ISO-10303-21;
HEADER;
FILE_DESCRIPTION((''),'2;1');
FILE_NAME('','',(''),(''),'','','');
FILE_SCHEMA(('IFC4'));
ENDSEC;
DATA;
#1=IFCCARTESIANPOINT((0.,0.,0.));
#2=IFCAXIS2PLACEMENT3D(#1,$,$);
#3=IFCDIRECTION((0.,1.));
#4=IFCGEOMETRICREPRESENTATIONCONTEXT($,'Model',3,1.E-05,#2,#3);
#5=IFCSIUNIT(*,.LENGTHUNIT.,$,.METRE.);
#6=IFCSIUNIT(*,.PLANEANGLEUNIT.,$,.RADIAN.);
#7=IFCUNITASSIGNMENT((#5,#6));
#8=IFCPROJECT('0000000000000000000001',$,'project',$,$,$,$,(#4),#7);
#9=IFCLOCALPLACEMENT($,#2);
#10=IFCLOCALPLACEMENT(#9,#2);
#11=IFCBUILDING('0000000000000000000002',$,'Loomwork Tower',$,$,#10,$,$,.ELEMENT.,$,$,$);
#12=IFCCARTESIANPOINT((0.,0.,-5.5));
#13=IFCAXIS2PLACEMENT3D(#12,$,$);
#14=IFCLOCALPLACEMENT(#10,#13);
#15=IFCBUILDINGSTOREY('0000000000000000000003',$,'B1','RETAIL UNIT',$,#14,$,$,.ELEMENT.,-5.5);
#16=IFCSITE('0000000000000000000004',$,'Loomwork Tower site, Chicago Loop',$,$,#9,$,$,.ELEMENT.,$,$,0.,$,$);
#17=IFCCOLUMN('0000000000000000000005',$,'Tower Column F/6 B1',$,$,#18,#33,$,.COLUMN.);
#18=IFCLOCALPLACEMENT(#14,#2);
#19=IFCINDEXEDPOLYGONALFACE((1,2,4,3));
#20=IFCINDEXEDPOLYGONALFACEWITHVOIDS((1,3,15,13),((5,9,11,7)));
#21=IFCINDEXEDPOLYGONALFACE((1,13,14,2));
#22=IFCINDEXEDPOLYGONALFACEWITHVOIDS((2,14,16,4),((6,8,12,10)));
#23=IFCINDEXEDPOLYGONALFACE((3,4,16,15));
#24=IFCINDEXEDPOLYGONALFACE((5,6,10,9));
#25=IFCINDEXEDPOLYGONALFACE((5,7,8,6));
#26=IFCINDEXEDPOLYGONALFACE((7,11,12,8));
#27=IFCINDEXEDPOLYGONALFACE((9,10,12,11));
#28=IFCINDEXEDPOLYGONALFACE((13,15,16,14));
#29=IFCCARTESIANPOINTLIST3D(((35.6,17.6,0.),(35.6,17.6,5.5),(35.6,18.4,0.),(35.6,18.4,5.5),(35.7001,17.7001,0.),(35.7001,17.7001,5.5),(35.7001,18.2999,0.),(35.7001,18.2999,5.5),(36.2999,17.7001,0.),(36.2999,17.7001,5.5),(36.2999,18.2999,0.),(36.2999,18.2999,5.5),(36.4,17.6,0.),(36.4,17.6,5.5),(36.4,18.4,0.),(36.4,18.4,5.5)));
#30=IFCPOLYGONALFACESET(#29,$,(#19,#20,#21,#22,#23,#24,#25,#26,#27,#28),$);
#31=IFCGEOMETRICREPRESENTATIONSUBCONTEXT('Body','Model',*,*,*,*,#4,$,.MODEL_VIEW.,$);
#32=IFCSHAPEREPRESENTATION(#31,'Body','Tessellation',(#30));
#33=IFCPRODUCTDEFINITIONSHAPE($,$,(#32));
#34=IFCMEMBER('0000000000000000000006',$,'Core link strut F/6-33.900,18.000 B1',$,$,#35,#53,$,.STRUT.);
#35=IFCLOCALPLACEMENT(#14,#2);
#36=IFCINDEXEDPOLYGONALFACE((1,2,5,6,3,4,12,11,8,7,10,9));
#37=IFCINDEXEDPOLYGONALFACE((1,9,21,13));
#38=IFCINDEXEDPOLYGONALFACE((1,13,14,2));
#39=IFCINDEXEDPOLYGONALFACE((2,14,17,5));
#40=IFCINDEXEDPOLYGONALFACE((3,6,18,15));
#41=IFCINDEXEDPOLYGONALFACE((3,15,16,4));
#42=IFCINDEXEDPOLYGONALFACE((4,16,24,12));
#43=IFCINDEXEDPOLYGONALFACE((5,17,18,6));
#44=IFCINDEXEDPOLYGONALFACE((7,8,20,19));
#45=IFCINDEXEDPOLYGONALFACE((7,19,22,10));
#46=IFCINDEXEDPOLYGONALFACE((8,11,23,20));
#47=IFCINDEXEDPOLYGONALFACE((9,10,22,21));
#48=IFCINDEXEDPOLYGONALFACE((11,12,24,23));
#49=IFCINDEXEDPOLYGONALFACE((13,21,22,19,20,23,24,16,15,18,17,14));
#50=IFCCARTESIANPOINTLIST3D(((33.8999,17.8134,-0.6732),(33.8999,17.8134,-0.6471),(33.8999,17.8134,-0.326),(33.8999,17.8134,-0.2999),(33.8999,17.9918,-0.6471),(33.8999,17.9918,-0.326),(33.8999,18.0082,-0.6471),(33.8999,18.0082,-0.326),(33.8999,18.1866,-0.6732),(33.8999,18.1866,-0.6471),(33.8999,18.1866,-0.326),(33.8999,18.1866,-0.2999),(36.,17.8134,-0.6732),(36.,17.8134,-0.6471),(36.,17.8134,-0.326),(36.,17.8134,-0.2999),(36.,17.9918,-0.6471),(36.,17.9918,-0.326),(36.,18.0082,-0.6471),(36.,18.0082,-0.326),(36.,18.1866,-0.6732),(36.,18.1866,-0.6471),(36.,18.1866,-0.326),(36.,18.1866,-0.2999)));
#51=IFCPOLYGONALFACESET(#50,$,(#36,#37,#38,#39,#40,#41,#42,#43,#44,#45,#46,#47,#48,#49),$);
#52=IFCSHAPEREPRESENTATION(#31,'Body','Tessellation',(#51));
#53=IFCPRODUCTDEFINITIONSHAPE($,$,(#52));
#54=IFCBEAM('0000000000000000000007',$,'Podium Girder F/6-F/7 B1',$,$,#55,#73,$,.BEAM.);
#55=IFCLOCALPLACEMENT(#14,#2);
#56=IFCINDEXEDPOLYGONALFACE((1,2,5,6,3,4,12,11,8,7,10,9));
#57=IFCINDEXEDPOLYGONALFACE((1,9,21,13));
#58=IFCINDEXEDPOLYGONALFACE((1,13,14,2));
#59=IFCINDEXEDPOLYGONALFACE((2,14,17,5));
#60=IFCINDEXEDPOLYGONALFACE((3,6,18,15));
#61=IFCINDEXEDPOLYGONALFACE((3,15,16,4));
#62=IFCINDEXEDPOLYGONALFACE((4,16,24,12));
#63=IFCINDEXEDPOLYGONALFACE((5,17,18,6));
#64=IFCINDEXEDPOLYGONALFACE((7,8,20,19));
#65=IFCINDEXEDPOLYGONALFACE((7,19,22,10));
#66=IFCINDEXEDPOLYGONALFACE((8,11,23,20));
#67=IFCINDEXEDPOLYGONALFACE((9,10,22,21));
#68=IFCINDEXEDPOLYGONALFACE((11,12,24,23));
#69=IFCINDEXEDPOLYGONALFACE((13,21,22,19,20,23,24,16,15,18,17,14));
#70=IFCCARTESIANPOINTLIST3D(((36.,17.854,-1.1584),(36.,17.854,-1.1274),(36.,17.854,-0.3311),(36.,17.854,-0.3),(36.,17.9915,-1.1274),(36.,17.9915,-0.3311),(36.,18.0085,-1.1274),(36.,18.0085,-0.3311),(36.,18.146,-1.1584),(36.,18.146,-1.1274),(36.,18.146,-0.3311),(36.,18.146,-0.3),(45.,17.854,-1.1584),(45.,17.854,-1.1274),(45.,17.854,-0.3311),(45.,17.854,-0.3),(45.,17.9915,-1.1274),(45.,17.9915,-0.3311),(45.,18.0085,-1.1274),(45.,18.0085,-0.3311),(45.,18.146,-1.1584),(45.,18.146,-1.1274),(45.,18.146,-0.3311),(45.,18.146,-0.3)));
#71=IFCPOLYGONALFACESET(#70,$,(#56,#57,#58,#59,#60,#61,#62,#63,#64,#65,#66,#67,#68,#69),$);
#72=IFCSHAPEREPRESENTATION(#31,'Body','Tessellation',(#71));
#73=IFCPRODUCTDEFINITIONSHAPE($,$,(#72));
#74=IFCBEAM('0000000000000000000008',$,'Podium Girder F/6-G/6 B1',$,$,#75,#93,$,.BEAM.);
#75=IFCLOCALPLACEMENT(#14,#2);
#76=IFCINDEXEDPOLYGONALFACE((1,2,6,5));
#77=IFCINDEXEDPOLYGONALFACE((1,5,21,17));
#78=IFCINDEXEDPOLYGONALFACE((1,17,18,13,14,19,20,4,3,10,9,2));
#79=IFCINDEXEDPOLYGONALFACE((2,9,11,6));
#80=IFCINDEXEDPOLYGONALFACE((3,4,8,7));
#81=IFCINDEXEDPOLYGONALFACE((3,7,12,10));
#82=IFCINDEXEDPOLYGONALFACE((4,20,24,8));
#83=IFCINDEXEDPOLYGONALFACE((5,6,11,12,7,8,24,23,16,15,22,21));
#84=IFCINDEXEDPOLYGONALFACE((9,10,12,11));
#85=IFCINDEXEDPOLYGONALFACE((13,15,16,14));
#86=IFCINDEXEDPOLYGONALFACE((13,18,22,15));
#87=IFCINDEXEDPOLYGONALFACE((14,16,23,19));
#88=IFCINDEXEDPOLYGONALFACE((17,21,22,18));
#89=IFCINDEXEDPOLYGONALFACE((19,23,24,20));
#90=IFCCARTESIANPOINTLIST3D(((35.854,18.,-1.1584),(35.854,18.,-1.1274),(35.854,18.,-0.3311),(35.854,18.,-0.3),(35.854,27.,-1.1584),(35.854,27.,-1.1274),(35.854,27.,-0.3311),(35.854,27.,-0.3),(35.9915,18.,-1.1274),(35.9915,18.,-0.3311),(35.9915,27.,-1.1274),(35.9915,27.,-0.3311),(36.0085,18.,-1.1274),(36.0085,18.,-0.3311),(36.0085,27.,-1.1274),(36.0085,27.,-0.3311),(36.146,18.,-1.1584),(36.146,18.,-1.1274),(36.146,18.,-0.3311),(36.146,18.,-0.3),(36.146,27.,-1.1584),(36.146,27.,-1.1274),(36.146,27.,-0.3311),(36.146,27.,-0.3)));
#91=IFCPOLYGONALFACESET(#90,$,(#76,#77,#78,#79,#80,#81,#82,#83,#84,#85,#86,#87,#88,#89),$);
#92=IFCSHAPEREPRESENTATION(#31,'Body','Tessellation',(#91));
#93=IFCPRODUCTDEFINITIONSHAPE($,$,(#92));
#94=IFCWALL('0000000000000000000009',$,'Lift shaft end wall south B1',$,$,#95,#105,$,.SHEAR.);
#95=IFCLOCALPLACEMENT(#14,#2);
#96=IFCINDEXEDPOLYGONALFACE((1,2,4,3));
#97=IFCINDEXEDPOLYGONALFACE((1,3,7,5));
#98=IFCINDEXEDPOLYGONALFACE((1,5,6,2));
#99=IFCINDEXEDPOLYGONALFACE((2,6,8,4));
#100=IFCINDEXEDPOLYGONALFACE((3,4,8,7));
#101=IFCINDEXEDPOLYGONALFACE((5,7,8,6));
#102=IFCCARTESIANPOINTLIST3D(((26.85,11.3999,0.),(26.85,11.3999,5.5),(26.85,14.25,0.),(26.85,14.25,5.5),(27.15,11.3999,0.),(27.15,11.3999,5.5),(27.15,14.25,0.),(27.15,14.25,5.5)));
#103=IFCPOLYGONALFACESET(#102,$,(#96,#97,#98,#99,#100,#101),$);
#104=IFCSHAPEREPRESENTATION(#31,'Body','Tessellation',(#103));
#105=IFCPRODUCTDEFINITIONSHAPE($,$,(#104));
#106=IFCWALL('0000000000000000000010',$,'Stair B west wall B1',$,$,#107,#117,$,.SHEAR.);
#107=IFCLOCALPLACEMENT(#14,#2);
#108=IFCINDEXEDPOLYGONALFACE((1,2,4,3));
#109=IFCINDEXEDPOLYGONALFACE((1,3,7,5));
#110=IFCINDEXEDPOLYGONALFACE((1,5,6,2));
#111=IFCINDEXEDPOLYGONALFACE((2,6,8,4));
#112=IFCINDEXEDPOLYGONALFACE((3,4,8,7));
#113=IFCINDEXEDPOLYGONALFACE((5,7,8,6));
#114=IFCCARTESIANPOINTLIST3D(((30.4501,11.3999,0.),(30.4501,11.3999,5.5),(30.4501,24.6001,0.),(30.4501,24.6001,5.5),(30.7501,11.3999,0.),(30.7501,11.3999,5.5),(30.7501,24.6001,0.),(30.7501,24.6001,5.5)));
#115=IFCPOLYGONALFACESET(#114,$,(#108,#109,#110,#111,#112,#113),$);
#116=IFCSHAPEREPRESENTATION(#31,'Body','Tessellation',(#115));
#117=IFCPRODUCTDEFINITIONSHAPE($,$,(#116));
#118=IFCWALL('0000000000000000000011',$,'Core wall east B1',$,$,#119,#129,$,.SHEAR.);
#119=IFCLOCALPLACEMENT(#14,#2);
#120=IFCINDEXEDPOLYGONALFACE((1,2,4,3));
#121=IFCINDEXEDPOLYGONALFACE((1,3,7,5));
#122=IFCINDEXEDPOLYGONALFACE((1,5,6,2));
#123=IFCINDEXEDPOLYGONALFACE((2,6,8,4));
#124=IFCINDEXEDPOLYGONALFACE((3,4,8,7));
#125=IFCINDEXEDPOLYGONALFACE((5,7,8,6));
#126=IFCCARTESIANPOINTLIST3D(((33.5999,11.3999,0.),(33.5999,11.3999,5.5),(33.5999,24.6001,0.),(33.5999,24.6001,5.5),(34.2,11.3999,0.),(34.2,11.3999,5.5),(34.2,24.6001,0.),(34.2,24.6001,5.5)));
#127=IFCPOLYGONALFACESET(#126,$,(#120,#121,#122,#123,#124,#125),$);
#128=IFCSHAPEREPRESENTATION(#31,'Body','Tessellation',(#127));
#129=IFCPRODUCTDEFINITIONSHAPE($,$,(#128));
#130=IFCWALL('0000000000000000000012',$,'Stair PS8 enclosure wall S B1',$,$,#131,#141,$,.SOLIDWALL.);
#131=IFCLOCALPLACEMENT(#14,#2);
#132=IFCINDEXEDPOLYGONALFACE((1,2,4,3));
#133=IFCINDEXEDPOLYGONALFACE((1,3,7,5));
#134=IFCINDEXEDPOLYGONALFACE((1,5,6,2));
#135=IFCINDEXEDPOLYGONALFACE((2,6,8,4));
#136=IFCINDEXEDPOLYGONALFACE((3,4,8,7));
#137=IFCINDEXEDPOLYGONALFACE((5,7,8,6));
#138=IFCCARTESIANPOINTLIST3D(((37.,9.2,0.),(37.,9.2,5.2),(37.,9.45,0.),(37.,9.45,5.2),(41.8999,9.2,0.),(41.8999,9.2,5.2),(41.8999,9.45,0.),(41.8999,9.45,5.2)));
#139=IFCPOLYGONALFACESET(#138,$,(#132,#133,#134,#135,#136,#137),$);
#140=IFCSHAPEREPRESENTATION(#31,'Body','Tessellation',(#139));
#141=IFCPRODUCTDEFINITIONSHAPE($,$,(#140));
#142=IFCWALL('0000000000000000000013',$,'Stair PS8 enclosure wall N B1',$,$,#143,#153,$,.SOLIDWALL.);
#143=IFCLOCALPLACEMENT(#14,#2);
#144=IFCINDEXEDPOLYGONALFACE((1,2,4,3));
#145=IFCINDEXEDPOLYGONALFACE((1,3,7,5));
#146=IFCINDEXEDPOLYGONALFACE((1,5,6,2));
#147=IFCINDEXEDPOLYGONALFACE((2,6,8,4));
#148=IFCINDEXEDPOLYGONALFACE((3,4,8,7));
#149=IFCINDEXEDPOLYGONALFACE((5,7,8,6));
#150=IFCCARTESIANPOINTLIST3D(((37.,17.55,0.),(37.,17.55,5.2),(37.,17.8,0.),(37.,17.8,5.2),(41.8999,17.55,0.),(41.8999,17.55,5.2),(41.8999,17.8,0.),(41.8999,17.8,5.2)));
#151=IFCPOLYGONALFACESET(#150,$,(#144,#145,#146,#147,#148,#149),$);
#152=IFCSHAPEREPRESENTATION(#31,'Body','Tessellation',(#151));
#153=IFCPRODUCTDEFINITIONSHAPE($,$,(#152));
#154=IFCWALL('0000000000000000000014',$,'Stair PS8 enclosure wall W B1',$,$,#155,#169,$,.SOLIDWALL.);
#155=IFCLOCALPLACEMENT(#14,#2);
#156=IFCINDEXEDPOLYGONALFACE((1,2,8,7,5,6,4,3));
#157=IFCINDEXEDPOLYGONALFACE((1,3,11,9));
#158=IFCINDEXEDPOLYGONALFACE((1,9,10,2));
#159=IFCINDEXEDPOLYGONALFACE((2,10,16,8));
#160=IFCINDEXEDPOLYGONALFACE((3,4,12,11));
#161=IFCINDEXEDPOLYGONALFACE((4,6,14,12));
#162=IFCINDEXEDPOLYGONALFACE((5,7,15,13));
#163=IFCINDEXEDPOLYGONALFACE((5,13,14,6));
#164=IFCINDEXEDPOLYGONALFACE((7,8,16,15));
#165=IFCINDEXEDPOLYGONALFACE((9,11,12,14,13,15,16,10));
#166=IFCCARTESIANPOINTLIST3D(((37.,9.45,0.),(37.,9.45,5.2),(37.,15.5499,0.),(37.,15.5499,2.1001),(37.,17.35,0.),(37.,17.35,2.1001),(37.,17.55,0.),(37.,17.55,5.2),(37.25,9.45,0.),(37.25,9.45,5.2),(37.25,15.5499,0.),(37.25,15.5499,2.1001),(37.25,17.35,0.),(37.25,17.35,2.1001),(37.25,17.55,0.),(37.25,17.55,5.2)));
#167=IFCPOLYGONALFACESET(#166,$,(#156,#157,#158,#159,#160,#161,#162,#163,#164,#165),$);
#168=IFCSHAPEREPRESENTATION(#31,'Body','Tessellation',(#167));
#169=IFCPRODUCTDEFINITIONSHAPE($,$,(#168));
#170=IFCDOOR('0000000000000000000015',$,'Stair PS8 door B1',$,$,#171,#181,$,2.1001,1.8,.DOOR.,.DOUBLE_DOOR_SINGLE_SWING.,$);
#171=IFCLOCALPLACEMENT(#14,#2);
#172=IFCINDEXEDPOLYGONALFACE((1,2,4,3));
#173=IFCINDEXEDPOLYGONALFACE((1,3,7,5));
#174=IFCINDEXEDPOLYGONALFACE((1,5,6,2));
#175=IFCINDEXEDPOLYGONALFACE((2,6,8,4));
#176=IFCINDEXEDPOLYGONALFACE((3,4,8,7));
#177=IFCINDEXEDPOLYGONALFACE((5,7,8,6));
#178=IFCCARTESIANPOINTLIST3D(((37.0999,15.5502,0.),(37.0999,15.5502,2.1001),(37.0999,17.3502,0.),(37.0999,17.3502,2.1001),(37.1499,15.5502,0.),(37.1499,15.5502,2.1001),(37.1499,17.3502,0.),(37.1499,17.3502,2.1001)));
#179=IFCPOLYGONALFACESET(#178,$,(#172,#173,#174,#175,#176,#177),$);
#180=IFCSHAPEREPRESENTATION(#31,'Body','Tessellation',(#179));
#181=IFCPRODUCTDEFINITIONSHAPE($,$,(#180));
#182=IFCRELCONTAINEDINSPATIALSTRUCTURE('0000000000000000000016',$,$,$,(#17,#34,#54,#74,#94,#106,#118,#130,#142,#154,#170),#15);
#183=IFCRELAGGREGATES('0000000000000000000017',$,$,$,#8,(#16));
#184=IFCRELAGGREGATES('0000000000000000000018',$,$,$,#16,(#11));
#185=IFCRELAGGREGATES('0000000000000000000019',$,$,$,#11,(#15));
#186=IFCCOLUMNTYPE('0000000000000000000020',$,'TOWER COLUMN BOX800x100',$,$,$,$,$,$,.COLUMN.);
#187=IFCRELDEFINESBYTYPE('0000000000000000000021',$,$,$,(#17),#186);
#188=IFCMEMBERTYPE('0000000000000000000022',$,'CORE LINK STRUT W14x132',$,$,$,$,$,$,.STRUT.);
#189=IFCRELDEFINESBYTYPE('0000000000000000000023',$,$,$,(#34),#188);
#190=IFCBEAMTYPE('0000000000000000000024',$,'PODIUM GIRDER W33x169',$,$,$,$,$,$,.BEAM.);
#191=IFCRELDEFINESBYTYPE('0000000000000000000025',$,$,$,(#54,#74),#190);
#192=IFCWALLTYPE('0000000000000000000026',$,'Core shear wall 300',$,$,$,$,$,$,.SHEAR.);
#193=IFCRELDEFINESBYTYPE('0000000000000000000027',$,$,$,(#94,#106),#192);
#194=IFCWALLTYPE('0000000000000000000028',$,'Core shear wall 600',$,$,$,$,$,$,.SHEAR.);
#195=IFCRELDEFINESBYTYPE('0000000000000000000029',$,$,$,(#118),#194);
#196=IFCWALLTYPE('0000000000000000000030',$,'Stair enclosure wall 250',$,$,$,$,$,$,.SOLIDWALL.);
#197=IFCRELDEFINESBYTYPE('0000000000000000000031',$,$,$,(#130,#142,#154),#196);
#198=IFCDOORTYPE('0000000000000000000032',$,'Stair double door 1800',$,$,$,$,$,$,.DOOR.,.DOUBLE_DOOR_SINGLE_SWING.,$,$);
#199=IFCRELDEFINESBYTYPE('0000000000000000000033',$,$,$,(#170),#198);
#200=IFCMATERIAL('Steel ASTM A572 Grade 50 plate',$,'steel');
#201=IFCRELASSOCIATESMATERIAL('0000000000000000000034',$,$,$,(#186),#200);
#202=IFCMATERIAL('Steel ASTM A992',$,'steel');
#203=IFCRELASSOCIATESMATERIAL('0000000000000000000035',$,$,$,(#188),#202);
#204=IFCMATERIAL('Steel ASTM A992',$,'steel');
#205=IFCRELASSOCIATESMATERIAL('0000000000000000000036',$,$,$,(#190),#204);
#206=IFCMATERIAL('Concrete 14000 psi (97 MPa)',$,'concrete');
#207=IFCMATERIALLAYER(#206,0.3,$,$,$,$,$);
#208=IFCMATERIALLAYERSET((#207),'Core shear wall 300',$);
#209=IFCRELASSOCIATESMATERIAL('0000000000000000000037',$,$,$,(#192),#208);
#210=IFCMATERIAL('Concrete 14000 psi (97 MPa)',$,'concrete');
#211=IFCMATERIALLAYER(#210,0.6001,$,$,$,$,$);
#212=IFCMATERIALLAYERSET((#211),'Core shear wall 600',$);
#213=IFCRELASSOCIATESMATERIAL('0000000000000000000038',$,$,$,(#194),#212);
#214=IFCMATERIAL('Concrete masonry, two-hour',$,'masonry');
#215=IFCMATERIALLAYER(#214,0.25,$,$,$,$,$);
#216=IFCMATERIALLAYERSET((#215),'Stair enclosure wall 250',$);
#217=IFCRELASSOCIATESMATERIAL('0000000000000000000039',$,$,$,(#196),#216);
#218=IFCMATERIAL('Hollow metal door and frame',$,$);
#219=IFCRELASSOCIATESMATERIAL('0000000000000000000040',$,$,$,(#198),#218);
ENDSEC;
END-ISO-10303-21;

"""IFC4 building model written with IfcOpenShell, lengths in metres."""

from ifc_helpers import new_model, si_unit, direction, frame, frame_2d, origin, origin_2d, place, context, subcontext, project, spatial, rectangle, hollow_rectangle, i_section, extrude, material, layer, layer_set, material_profile, profile_set, type_object, element, fill, save


model = new_model("IFC4")

# Units and contexts
model_context = context("Model", 3, precision=1e-05, world=origin(), true_north=direction((0.0, 1.0)))
body_context = subcontext(model_context, "Body", "Model", "MODEL_VIEW")
ifc_project = project(units=[si_unit("LENGTHUNIT", "METRE"), si_unit("PLANEANGLEUNIT", "RADIAN")], contexts=[model_context])

# Site, building, storey
site_placement = place(None, origin())
site = spatial("IfcSite", under=ifc_project, at=site_placement, Name="Loomwork Tower site, Chicago Loop", CompositionType="ELEMENT", RefElevation=0.0)
building_placement = place(site_placement, origin())
building = spatial("IfcBuilding", under=site, at=building_placement, Name="Loomwork Tower", CompositionType="ELEMENT")
storey_placement = place(building_placement, frame((0.0, 0.0, -5.5)))
storey = spatial("IfcBuildingStorey", under=building, at=storey_placement, Name="B1", Description="RETAIL UNIT", CompositionType="ELEMENT", Elevation=-5.5)

# Column
ifc_material_1 = material(Name="Steel ASTM A572 Grade 50 plate", Category="steel")
ifc_material_profile_1 = material_profile(ifc_material_1, hollow_rectangle(XDim=0.8, YDim=0.8, WallThickness=0.1001, at=origin_2d()), Name="BOX800x100")
ifc_profile_set_1 = profile_set([ifc_material_profile_1], Name="Steel ASTM A572 Grade 50 plate")
column_type = type_object("IfcColumnType", Name="TOWER COLUMN BOX800x100", PredefinedType="COLUMN", material=ifc_profile_set_1)
column_placement = place(storey_placement, frame((36.0, 18.0, 0.0), z_axis=(0.0, 0.0, 1.0), x_axis=(0.0, 1.0, 0.0)))
element("IfcColumn", 1, at=column_placement, inside=storey, type_object=column_type, Name="Tower Column F/6 B1", PredefinedType="COLUMN", context=body_context, shape_type="SweptSolid", body=[
    extrude(hollow_rectangle(XDim=0.8, YDim=0.8, WallThickness=0.1001, at=origin_2d()), origin(), (0.0, 0.0, 1.0), 5.5),
])

# Member
ifc_material_2 = material(Name="Steel ASTM A992", Category="steel")
ifc_material_profile_2 = material_profile(ifc_material_2, i_section(OverallWidth=0.3733, OverallDepth=0.3733, WebThickness=0.0164, FlangeThickness=0.0261, at=origin_2d()), Name="W14x132")
ifc_profile_set_2 = profile_set([ifc_material_profile_2], Name="Steel ASTM A992")
member_type = type_object("IfcMemberType", Name="CORE LINK STRUT W14x132", PredefinedType="STRUT", material=ifc_profile_set_2)
member_placement = place(storey_placement, frame((36.0, 18.0, -0.4866), z_axis=(-1.0, 0.0, 0.0), x_axis=(0.0, -1.0, 0.0)))
element("IfcMember", 2, at=member_placement, inside=storey, type_object=member_type, Name="Core link strut F/6-33.900,18.000 B1", PredefinedType="STRUT", context=body_context, shape_type="SweptSolid", body=[
    extrude(i_section(OverallWidth=0.3733, OverallDepth=0.3733, WebThickness=0.0164, FlangeThickness=0.0261, at=origin_2d()), origin(), (0.0, 0.0, 1.0), 2.1001),
])

# Beams
ifc_material_3 = material(Name="Steel ASTM A992", Category="steel")
ifc_material_profile_3 = material_profile(ifc_material_3, i_section(OverallWidth=0.292, OverallDepth=0.8584, WebThickness=0.0171, FlangeThickness=0.031, at=origin_2d()), Name="W33x169")
ifc_profile_set_3 = profile_set([ifc_material_profile_3], Name="Steel ASTM A992")
beam_type = type_object("IfcBeamType", Name="PODIUM GIRDER W33x169", PredefinedType="BEAM", material=ifc_profile_set_3)
for number, where, z_axis, x_axis, name in (
    (3, (36.0, 18.0, -0.7292), (1.0, 0.0, 0.0), (0.0, 1.0, 0.0), "Podium Girder F/6-F/7 B1"),
    (4, (36.0, 18.0, -0.7292), (0.0, 1.0, 0.0), (-1.0, 0.0, 0.0), "Podium Girder F/6-G/6 B1"),
):
    element("IfcBeam", number, at=place(storey_placement, frame(where, z_axis=z_axis, x_axis=x_axis)), inside=storey, type_object=beam_type, Name=name, PredefinedType="BEAM", context=body_context, shape_type="SweptSolid", body=[
        extrude(i_section(OverallWidth=0.292, OverallDepth=0.8584, WebThickness=0.0171, FlangeThickness=0.031, at=origin_2d()), origin(), (0.0, 0.0, 1.0), 9.0),
    ])

# Walls
ifc_material_4 = material(Name="Concrete 14000 psi (97 MPa)", Category="concrete")
ifc_layer_1 = layer(ifc_material_4, 0.3)
ifc_layer_set_1 = layer_set([ifc_layer_1], Name="Core shear wall 300")
wall_type_1 = type_object("IfcWallType", Name="Core shear wall 300", PredefinedType="SHEAR", material=ifc_layer_set_1)
wall_1_placement = place(storey_placement, frame((27.0, 11.3999, 0.0), z_axis=(0.0, 0.0, 1.0), x_axis=(0.0, 1.0, 0.0)))
element("IfcWall", 5, at=wall_1_placement, inside=storey, type_object=wall_type_1, Name="Lift shaft end wall south B1", PredefinedType="SHEAR", context=body_context, shape_type="SweptSolid", body=[
    extrude(rectangle(XDim=2.8501, YDim=0.3, at=frame_2d((1.425, 0.0))), origin(), (0.0, 0.0, 1.0), 5.5),
])
wall_2_placement = place(storey_placement, frame((30.6001, 11.3999, 0.0), z_axis=(0.0, 0.0, 1.0), x_axis=(0.0, 1.0, 0.0)))
element("IfcWall", 6, at=wall_2_placement, inside=storey, type_object=wall_type_1, Name="Stair B west wall B1", PredefinedType="SHEAR", context=body_context, shape_type="SweptSolid", body=[
    extrude(rectangle(XDim=13.2002, YDim=0.3, at=frame_2d((6.6001, 0.0))), origin(), (0.0, 0.0, 1.0), 5.5),
])
ifc_material_5 = material(Name="Concrete 14000 psi (97 MPa)", Category="concrete")
ifc_layer_2 = layer(ifc_material_5, 0.6001)
ifc_layer_set_2 = layer_set([ifc_layer_2], Name="Core shear wall 600")
wall_type_2 = type_object("IfcWallType", Name="Core shear wall 600", PredefinedType="SHEAR", material=ifc_layer_set_2)
wall_3_placement = place(storey_placement, frame((33.8999, 11.3999, 0.0), z_axis=(0.0, 0.0, 1.0), x_axis=(0.0, 1.0, 0.0)))
element("IfcWall", 7, at=wall_3_placement, inside=storey, type_object=wall_type_2, Name="Core wall east B1", PredefinedType="SHEAR", context=body_context, shape_type="SweptSolid", body=[
    extrude(rectangle(XDim=13.2002, YDim=0.6001, at=frame_2d((6.6001, 0.0))), origin(), (0.0, 0.0, 1.0), 5.5),
])
ifc_material_6 = material(Name="Concrete masonry, two-hour", Category="masonry")
ifc_layer_3 = layer(ifc_material_6, 0.25)
ifc_layer_set_3 = layer_set([ifc_layer_3], Name="Stair enclosure wall 250")
wall_type_3 = type_object("IfcWallType", Name="Stair enclosure wall 250", PredefinedType="SOLIDWALL", material=ifc_layer_set_3)
for number, where, z_axis, x_axis, name in (
    (8, (37.0, 9.325, 0.0), (0.0, 0.0, 1.0), (1.0, 0.0, 0.0), "Stair PS8 enclosure wall S B1"),
    (9, (37.0, 17.675, 0.0), (0.0, 0.0, 1.0), (1.0, 0.0, 0.0), "Stair PS8 enclosure wall N B1"),
):
    element("IfcWall", number, at=place(storey_placement, frame(where, z_axis=z_axis, x_axis=x_axis)), inside=storey, type_object=wall_type_3, Name=name, PredefinedType="SOLIDWALL", context=body_context, shape_type="SweptSolid", body=[
        extrude(rectangle(XDim=4.8999, YDim=0.25, at=frame_2d((2.45, 0.0))), origin(), (0.0, 0.0, 1.0), 5.2),
    ])

# Wall, opening, door
wall_4_placement = place(storey_placement, frame((37.125, 9.45, 0.0), z_axis=(0.0, 0.0, 1.0), x_axis=(0.0, 1.0, 0.0)))
wall_4 = element("IfcWall", 10, at=wall_4_placement, inside=storey, type_object=wall_type_3, Name="Stair PS8 enclosure wall W B1", PredefinedType="SOLIDWALL", context=body_context, shape_type="SweptSolid", body=[
    extrude(rectangle(XDim=8.1001, YDim=0.25, at=frame_2d((4.05, 0.0))), origin(), (0.0, 0.0, 1.0), 5.2),
])
opening_placement = place(wall_4_placement, frame((6.1001, 0.0, 0.0)))
opening = element("IfcOpeningElement", 11, at=opening_placement, cuts=wall_4, PredefinedType="OPENING", context=body_context, shape_type="SweptSolid", body=[
    extrude(rectangle(XDim=1.8, YDim=2.1001, at=frame_2d((0.8999, 1.05))), frame((0.0, 0.135, 0.0), z_axis=(0.0, -1.0, 0.0), x_axis=(1.0, 0.0, 0.0)), (0.0, 0.0, 1.0), 0.27),
])
ifc_material_7 = material(Name="Hollow metal door and frame")
door_type = type_object("IfcDoorType", Name="Stair double door 1800", OperationType="DOUBLE_DOOR_SINGLE_SWING", PredefinedType="DOOR", material=ifc_material_7)
door_placement = place(opening_placement, frame((1.8, 0.0, 0.0), z_axis=(0.0, 0.0, 1.0), x_axis=(-1.0, 0.0, 0.0)))
door = element("IfcDoor", 12, at=door_placement, inside=storey, type_object=door_type, Name="Stair PS8 door B1", OperationType="DOUBLE_DOOR_SINGLE_SWING", OverallHeight=2.1001, OverallWidth=1.8, PredefinedType="DOOR", context=body_context, shape_type="SweptSolid", body=[
    extrude(rectangle(XDim=1.8, YDim=2.1001, at=frame_2d((0.8999, 1.05))), frame((0.0, 0.0249, 0.0), z_axis=(0.0, -1.0, 0.0), x_axis=(1.0, 0.0, 0.0)), (0.0, 0.0, 1.0), 0.05),
])
fill(opening, door)

save(model, "model.ifc")
